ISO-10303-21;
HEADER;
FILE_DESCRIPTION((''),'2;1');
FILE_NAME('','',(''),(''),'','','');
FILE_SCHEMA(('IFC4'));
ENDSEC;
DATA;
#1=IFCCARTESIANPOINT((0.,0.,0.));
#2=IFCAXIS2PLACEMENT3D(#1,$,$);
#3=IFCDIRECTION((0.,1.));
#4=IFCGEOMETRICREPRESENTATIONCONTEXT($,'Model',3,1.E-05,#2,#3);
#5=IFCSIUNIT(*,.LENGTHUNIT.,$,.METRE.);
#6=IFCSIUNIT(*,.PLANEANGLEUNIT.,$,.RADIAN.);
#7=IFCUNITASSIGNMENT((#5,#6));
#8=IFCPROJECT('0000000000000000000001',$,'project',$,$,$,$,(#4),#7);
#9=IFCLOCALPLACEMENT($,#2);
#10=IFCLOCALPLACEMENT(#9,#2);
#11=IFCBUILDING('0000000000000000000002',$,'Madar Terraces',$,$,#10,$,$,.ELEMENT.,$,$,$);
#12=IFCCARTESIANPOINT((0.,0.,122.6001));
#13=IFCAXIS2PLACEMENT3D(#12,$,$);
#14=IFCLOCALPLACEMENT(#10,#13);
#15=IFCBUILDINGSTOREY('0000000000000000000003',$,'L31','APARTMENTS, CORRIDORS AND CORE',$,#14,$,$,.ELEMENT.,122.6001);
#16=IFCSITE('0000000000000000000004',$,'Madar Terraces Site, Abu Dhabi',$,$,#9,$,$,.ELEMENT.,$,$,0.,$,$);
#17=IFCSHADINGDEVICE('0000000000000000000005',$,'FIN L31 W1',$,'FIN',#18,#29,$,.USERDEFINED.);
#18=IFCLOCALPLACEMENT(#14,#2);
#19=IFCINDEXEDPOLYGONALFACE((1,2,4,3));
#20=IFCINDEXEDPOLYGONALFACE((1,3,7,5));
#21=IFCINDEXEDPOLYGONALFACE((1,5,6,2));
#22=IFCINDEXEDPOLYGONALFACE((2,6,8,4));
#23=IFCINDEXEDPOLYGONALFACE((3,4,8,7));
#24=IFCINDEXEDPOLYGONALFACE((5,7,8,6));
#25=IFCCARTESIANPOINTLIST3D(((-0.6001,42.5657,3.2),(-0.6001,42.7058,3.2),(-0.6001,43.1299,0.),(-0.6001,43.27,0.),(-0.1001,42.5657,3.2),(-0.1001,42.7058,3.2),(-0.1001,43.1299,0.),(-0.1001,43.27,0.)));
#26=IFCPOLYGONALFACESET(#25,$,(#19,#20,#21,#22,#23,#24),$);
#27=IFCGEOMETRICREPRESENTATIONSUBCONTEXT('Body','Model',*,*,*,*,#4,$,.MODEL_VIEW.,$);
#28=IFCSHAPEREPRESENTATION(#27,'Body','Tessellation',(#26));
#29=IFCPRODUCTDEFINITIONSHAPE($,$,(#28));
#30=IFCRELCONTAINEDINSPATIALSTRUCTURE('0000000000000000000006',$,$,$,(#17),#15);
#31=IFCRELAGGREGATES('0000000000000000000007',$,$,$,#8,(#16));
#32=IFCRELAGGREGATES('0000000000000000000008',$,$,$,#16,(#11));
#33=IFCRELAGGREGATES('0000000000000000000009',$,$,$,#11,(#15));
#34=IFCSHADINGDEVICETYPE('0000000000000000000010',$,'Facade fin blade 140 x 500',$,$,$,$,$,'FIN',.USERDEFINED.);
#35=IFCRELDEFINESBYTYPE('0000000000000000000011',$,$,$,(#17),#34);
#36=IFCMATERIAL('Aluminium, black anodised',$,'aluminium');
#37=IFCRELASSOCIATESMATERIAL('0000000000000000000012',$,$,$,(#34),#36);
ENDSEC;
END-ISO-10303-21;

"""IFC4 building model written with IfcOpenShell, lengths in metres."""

from ifc_helpers import new_model, si_unit, direction, frame, origin, place, context, subcontext, project, spatial, polyline, outline, extrude, material, type_object, element, save


model = new_model("IFC4")

# Units and contexts
model_context = context("Model", 3, precision=1e-05, world=origin(), true_north=direction((0.0, 1.0)))
body_context = subcontext(model_context, "Body", "Model", "MODEL_VIEW")
ifc_project = project(units=[si_unit("LENGTHUNIT", "METRE"), si_unit("PLANEANGLEUNIT", "RADIAN")], contexts=[model_context])

# Site, building, storey
site_placement = place(None, origin())
site = spatial("IfcSite", under=ifc_project, at=site_placement, Name="Madar Terraces Site, Abu Dhabi", CompositionType="ELEMENT", RefElevation=0.0)
building_placement = place(site_placement, origin())
building = spatial("IfcBuilding", under=site, at=building_placement, Name="Madar Terraces", CompositionType="ELEMENT")
storey_placement = place(building_placement, frame((0.0, 0.0, 122.6001)))
storey = spatial("IfcBuildingStorey", under=building, at=storey_placement, Name="L31", Description="APARTMENTS, CORRIDORS AND CORE", CompositionType="ELEMENT", Elevation=122.6001)

# Shading device
ifc_material_1 = material(Name="Aluminium, black anodised", Category="aluminium")
shading_device_type = type_object("IfcShadingDeviceType", Name="Facade fin blade 140 x 500", ElementType="FIN", PredefinedType="USERDEFINED", material=ifc_material_1)
shading_device_1_placement = place(storey_placement, frame((-0.3501, 43.27, 0.0), z_axis=(0.0, 0.0, 1.0), x_axis=(0.0, -1.0, 0.0)))
element("IfcShadingDevice", 1, at=shading_device_1_placement, inside=storey, type_object=shading_device_type, Name="FIN L31 W1", ObjectType="FIN", PredefinedType="USERDEFINED", context=body_context, shape_type="SweptSolid", body=[
    extrude(outline(polyline([(0.0, 0.0), (0.1401, 0.0), (0.7043, 3.2), (0.5642, 3.2), (0.0, 0.0)])), frame((0.0, 0.25, 0.0), z_axis=(0.0, -1.0, 0.0), x_axis=(1.0, 0.0, 0.0)), (0.0, 0.0, 1.0), 0.5),
])

save(model, "model.ifc")
